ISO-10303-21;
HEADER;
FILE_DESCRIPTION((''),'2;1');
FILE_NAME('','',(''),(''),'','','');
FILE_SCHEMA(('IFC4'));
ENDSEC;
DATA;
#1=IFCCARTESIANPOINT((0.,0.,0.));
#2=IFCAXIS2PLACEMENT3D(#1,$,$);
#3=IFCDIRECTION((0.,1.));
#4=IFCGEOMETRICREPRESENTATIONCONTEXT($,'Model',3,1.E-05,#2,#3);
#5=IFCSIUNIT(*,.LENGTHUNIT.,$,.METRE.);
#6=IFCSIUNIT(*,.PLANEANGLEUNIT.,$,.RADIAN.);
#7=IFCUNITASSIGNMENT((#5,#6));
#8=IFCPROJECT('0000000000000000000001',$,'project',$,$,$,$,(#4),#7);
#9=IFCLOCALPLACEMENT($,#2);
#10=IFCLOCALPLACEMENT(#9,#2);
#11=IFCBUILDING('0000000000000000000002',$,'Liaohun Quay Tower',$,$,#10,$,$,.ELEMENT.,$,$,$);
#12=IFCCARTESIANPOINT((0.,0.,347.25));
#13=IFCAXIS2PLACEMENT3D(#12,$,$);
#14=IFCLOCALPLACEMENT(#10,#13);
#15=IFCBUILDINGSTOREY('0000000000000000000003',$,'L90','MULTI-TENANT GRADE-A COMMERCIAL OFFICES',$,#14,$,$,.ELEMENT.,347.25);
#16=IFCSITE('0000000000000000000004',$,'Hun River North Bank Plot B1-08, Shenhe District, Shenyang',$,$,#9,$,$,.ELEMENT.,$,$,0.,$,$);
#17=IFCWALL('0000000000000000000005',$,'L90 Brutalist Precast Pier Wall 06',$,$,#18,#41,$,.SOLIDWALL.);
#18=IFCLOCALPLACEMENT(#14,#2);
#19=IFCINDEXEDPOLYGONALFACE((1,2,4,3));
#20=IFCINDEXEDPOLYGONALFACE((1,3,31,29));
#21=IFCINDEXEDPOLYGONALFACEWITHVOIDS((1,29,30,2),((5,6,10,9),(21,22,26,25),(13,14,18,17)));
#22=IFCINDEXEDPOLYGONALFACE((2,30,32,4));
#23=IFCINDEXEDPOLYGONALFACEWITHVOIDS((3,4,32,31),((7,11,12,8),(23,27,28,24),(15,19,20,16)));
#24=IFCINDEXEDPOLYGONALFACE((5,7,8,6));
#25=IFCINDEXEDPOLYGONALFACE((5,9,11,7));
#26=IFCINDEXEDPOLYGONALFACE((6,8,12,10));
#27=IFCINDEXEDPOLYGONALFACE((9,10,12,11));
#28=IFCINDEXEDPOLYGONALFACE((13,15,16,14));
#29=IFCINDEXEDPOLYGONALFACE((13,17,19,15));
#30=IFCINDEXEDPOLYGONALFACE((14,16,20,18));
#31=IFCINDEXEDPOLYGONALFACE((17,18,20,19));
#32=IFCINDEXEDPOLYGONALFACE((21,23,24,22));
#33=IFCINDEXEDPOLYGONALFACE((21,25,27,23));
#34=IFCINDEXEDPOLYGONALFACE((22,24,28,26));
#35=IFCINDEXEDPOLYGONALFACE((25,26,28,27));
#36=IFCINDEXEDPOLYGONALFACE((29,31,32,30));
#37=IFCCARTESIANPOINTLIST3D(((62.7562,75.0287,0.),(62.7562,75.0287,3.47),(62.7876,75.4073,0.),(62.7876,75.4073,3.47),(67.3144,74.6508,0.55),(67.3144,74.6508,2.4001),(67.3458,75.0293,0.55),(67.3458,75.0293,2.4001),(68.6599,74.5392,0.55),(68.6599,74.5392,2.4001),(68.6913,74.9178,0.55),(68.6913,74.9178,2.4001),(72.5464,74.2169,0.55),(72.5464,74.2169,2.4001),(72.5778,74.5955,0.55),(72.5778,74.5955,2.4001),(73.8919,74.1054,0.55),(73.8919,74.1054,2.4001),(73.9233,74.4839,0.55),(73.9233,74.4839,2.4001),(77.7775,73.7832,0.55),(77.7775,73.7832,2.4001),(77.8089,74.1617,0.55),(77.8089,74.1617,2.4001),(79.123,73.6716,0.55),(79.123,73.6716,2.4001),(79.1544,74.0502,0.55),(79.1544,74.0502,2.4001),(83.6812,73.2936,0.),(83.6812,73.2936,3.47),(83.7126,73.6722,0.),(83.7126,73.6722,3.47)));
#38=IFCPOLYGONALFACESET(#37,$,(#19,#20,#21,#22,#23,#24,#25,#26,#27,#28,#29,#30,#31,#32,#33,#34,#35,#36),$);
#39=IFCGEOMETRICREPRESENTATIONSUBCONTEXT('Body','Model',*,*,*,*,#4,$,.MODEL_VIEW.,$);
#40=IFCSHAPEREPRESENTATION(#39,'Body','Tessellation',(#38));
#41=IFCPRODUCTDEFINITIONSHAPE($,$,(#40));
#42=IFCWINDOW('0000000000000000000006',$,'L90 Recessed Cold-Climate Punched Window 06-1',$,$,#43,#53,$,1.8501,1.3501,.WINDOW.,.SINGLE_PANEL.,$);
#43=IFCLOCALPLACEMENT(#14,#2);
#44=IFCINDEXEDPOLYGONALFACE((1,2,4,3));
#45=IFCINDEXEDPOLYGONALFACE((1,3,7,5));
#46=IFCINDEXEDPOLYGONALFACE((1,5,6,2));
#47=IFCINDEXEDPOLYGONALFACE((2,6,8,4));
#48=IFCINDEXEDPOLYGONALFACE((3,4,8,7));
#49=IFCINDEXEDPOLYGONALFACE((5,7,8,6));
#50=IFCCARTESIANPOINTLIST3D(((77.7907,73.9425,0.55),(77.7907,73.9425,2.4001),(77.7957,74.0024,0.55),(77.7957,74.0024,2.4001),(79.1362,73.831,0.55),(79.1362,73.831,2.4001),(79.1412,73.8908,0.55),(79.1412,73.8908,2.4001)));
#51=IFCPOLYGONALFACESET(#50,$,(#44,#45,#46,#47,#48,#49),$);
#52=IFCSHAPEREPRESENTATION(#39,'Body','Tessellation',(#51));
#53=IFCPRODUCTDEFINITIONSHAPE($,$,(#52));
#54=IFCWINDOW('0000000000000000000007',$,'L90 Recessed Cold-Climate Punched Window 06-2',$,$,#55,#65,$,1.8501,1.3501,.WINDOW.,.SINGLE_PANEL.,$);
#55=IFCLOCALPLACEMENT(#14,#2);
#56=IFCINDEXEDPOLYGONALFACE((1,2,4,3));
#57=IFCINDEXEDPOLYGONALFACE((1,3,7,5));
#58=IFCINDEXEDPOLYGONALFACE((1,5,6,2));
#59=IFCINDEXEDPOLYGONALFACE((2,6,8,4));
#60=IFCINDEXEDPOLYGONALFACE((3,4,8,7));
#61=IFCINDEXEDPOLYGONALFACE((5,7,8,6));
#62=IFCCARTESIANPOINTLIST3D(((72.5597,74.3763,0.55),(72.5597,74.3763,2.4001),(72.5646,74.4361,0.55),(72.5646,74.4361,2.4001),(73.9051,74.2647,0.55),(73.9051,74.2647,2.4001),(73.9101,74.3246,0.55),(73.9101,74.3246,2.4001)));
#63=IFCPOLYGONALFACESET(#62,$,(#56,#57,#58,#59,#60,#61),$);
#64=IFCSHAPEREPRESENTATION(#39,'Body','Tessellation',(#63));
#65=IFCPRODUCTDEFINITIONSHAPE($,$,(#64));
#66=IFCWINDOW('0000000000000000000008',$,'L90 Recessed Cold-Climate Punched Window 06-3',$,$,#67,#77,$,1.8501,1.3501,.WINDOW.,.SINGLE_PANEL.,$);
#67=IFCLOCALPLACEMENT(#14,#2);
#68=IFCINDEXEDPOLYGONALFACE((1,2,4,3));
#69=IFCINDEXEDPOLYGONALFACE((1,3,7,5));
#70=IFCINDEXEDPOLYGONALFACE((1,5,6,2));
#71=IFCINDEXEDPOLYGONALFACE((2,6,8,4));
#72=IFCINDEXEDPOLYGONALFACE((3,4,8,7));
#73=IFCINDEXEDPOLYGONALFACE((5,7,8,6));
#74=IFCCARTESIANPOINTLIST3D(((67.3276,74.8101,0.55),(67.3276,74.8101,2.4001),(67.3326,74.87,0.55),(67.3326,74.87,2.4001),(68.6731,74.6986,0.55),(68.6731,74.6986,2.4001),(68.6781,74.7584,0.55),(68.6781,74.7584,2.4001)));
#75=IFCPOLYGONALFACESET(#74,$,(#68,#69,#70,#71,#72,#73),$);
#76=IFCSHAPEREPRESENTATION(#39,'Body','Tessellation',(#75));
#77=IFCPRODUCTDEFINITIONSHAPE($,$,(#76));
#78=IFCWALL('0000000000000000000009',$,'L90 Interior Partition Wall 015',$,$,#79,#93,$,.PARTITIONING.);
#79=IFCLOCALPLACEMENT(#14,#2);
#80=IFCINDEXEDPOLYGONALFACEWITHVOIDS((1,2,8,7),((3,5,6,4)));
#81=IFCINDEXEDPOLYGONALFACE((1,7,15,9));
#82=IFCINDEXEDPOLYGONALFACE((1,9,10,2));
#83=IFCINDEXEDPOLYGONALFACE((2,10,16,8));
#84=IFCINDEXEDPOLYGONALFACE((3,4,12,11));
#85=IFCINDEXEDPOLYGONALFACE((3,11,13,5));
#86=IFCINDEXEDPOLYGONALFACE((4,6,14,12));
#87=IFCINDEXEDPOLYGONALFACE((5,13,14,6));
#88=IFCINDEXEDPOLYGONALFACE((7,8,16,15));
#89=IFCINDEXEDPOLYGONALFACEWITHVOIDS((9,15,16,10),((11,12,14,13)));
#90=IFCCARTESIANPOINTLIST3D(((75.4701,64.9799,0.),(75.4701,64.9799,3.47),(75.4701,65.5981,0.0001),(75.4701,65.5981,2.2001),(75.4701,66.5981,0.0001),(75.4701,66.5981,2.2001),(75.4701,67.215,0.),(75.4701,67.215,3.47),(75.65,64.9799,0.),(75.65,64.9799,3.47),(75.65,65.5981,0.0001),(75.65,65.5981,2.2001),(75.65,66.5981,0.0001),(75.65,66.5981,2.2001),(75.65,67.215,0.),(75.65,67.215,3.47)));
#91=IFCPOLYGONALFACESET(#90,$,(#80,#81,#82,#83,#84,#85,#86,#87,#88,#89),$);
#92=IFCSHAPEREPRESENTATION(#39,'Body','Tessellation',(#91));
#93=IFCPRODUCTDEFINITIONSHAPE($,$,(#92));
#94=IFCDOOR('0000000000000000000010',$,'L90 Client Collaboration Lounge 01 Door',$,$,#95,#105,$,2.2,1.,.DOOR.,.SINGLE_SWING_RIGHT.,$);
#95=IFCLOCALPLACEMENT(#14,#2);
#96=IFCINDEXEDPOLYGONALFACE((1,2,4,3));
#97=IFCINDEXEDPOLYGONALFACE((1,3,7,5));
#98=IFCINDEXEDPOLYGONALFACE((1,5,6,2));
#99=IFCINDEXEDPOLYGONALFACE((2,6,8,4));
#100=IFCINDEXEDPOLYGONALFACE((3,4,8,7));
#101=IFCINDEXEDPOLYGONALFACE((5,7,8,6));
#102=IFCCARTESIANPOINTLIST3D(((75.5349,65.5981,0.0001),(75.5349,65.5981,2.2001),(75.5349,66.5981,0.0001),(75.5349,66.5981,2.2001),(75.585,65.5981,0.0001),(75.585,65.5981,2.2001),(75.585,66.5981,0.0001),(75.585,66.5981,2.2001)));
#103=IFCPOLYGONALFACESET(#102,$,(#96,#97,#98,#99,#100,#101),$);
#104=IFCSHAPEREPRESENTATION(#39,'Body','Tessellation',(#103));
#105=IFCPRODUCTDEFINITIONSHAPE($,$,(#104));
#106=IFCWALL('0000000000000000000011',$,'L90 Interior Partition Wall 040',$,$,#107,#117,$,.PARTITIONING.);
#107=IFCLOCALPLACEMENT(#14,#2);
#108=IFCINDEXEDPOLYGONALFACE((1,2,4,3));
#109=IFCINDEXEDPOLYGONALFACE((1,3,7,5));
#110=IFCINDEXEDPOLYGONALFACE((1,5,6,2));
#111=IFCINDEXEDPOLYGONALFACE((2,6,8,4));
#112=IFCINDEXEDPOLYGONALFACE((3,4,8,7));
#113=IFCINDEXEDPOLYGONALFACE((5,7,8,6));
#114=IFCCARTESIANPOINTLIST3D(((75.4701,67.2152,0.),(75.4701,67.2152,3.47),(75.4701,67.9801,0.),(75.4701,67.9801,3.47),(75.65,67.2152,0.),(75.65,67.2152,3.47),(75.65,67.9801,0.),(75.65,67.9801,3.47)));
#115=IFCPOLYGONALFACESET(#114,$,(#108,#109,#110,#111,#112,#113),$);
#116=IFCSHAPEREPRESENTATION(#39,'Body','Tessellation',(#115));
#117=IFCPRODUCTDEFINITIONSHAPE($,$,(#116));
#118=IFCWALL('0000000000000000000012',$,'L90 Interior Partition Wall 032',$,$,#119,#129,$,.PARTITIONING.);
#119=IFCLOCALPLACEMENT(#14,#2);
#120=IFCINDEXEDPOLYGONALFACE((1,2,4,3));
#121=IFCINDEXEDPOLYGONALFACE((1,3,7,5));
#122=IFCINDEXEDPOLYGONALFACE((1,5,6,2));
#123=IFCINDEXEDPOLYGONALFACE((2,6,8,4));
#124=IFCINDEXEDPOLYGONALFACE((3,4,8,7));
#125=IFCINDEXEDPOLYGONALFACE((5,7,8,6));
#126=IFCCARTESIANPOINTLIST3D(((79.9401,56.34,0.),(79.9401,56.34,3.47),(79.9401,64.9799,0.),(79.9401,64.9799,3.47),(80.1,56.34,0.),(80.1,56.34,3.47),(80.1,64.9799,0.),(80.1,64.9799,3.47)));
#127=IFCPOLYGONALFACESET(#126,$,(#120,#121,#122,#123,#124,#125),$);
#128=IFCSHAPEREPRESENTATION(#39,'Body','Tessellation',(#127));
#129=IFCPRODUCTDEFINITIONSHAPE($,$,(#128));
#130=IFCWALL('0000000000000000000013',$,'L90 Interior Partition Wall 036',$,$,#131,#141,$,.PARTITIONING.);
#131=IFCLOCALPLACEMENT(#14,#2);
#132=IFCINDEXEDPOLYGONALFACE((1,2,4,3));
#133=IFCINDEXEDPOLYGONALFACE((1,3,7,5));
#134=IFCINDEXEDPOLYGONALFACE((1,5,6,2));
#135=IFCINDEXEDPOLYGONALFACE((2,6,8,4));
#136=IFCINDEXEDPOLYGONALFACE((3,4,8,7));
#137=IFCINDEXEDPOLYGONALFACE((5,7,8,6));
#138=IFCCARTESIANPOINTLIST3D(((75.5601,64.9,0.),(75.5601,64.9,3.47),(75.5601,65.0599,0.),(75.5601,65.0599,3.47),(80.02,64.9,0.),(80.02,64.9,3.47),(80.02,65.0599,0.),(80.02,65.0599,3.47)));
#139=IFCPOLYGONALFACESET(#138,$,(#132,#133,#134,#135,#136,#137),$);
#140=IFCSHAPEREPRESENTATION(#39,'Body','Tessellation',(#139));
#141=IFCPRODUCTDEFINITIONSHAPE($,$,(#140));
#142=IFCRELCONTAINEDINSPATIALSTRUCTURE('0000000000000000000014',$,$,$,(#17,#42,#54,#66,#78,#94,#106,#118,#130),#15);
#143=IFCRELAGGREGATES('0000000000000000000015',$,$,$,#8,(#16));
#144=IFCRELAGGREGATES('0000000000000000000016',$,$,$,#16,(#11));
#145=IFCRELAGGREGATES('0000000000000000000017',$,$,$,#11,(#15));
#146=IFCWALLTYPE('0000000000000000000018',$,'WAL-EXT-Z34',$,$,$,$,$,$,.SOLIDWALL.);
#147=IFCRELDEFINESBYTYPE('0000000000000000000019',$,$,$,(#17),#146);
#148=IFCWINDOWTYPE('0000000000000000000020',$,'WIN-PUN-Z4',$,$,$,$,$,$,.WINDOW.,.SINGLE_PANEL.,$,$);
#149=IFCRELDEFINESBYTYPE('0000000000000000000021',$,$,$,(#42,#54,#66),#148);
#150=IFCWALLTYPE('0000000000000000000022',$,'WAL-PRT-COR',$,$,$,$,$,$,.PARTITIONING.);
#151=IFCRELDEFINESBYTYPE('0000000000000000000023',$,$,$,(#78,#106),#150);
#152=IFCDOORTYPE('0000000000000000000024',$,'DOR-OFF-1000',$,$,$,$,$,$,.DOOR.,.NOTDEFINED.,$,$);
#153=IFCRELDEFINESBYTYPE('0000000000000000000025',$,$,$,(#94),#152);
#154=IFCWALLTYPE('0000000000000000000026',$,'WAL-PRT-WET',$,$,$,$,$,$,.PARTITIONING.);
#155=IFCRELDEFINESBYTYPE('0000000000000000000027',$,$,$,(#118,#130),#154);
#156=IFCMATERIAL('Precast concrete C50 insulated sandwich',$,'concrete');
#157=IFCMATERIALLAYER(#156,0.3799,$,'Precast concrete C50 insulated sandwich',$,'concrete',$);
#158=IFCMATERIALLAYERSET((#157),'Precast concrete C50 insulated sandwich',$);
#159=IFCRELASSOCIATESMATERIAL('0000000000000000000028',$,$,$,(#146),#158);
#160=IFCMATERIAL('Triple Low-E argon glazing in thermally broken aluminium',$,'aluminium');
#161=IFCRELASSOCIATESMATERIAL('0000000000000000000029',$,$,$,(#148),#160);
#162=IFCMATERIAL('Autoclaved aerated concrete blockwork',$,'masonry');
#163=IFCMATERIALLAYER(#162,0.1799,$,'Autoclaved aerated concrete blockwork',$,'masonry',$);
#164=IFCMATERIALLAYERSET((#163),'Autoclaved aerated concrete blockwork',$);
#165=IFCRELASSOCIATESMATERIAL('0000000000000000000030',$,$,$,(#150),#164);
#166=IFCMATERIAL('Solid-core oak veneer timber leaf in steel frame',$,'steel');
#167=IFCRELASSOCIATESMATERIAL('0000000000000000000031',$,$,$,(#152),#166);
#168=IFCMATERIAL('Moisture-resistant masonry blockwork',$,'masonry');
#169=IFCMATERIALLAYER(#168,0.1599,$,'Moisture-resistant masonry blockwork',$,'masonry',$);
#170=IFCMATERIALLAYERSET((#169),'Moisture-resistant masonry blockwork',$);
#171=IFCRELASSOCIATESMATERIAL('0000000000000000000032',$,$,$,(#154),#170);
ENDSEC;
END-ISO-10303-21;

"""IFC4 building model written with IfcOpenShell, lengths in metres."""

from ifc_helpers import new_model, si_unit, direction, frame, frame_2d, origin, place, context, subcontext, project, spatial, rectangle, extrude, source, transform, mapped, material, layer, layer_set, type_object, element, fill, save


model = new_model("IFC4")

# Units and contexts
model_context = context("Model", 3, precision=1e-05, world=origin(), true_north=direction((0.0, 1.0)))
body_context = subcontext(model_context, "Body", "Model", "MODEL_VIEW")
ifc_project = project(units=[si_unit("LENGTHUNIT", "METRE"), si_unit("PLANEANGLEUNIT", "RADIAN")], contexts=[model_context])

# Site, building, storey
site_placement = place(None, origin())
site = spatial("IfcSite", under=ifc_project, at=site_placement, Name="Hun River North Bank Plot B1-08, Shenhe District, Shenyang", CompositionType="ELEMENT", RefElevation=0.0)
building_placement = place(site_placement, origin())
building = spatial("IfcBuilding", under=site, at=building_placement, Name="Liaohun Quay Tower", CompositionType="ELEMENT")
storey_placement = place(building_placement, frame((0.0, 0.0, 347.25)))
storey = spatial("IfcBuildingStorey", under=building, at=storey_placement, Name="L90", Description="MULTI-TENANT GRADE-A COMMERCIAL OFFICES", CompositionType="ELEMENT", Elevation=347.25)

# Shared definitions
ifc_material_1 = material(Name="Precast concrete C50 insulated sandwich", Category="concrete")
ifc_layer_1 = layer(ifc_material_1, 0.3799, Name="Precast concrete C50 insulated sandwich", Category="concrete")
ifc_layer_set_1 = layer_set([ifc_layer_1], Name="Precast concrete C50 insulated sandwich")
wall_type_1 = type_object("IfcWallType", Name="WAL-EXT-Z34", PredefinedType="SOLIDWALL", material=ifc_layer_set_1)

# Wall, openings, windows
wall_1_placement = place(storey_placement, frame((83.697, 73.4829, 0.0), z_axis=(0.0, 0.0, 1.0), x_axis=(-0.99658, 0.082637, 0.0)))
wall_1 = element("IfcWall", 1, at=wall_1_placement, inside=storey, type_object=wall_type_1, Name="L90 Brutalist Precast Pier Wall 06", PredefinedType="SOLIDWALL", context=body_context, shape_type="SweptSolid", body=[
    extrude(rectangle(XDim=20.9968, YDim=0.3799, at=frame_2d((10.4985, 0.0))), origin(), (0.0, 0.0, 1.0), 3.47),
])
shared_shape_1 = source(origin(), body_context, "Body", "SweptSolid", [
    extrude(rectangle(XDim=1.3501, YDim=1.8501, at=frame_2d((0.675, 0.925))), frame((0.0, 0.2, 0.0), z_axis=(0.0, -1.0, 0.0), x_axis=(1.0, 0.0, 0.0)), (0.0, 0.0, 1.0), 0.3999),
])
opening_1_placement = place(wall_1_placement, frame((4.574, 0.0, 0.55)))
opening_1 = element("IfcOpeningElement", 2, at=opening_1_placement, cuts=wall_1, PredefinedType="OPENING", context=body_context, shape_type="MappedRepresentation", body=[
    mapped(shared_shape_1, transform((0.0, 0.0, 0.0), x_axis=(1.0, 0.0, 0.0), y_axis=(0.0, 1.0, 0.0), z_axis=(0.0, 0.0, 1.0), scale=1.0)),
])
opening_2_placement = place(wall_1_placement, frame((9.823, 0.0, 0.55)))
opening_2 = element("IfcOpeningElement", 3, at=opening_2_placement, cuts=wall_1, PredefinedType="OPENING", context=body_context, shape_type="MappedRepresentation", body=[
    mapped(shared_shape_1, transform((0.0, 0.0, 0.0), x_axis=(1.0, 0.0, 0.0), y_axis=(0.0, 1.0, 0.0), z_axis=(0.0, 0.0, 1.0), scale=1.0)),
])
opening_3_placement = place(wall_1_placement, frame((15.073, 0.0, 0.55)))
opening_3 = element("IfcOpeningElement", 4, at=opening_3_placement, cuts=wall_1, PredefinedType="OPENING", context=body_context, shape_type="MappedRepresentation", body=[
    mapped(shared_shape_1, transform((0.0, 0.0, 0.0), x_axis=(1.0, 0.0, 0.0), y_axis=(0.0, 1.0, 0.0), z_axis=(0.0, 0.0, 1.0), scale=1.0)),
])
ifc_material_2 = material(Name="Triple Low-E argon glazing in thermally broken aluminium", Category="aluminium")
window_type_1 = type_object("IfcWindowType", Name="WIN-PUN-Z4", PartitioningType="SINGLE_PANEL", PredefinedType="WINDOW", material=ifc_material_2)
shared_shape_2 = source(origin(), body_context, "Body", "SweptSolid", [
    extrude(rectangle(XDim=1.3501, YDim=1.8501, at=frame_2d((0.675, 0.925))), frame((0.0, 0.03, 0.0), z_axis=(0.0, -1.0, 0.0), x_axis=(1.0, 0.0, 0.0)), (0.0, 0.0, 1.0), 0.0601),
])
window_1_placement = place(opening_1_placement, origin())
window_1 = element("IfcWindow", 5, at=window_1_placement, inside=storey, type_object=window_type_1, Name="L90 Recessed Cold-Climate Punched Window 06-1", OverallHeight=1.8501, OverallWidth=1.3501, PartitioningType="SINGLE_PANEL", PredefinedType="WINDOW", context=body_context, shape_type="MappedRepresentation", body=[
    mapped(shared_shape_2, transform((0.0, 0.0, 0.0), x_axis=(1.0, 0.0, 0.0), y_axis=(0.0, 1.0, 0.0), z_axis=(0.0, 0.0, 1.0), scale=1.0)),
])
fill(opening_1, window_1)
window_2_placement = place(opening_2_placement, origin())
window_2 = element("IfcWindow", 6, at=window_2_placement, inside=storey, type_object=window_type_1, Name="L90 Recessed Cold-Climate Punched Window 06-2", OverallHeight=1.8501, OverallWidth=1.3501, PartitioningType="SINGLE_PANEL", PredefinedType="WINDOW", context=body_context, shape_type="MappedRepresentation", body=[
    mapped(shared_shape_2, transform((0.0, 0.0, 0.0), x_axis=(1.0, 0.0, 0.0), y_axis=(0.0, 1.0, 0.0), z_axis=(0.0, 0.0, 1.0), scale=1.0)),
])
fill(opening_2, window_2)
window_3_placement = place(opening_3_placement, origin())
window_3 = element("IfcWindow", 7, at=window_3_placement, inside=storey, type_object=window_type_1, Name="L90 Recessed Cold-Climate Punched Window 06-3", OverallHeight=1.8501, OverallWidth=1.3501, PartitioningType="SINGLE_PANEL", PredefinedType="WINDOW", context=body_context, shape_type="MappedRepresentation", body=[
    mapped(shared_shape_2, transform((0.0, 0.0, 0.0), x_axis=(1.0, 0.0, 0.0), y_axis=(0.0, 1.0, 0.0), z_axis=(0.0, 0.0, 1.0), scale=1.0)),
])
fill(opening_3, window_3)

# Wall, opening, door
ifc_material_3 = material(Name="Autoclaved aerated concrete blockwork", Category="masonry")
ifc_layer_2 = layer(ifc_material_3, 0.1799, Name="Autoclaved aerated concrete blockwork", Category="masonry")
ifc_layer_set_2 = layer_set([ifc_layer_2], Name="Autoclaved aerated concrete blockwork")
wall_type_2 = type_object("IfcWallType", Name="WAL-PRT-COR", PredefinedType="PARTITIONING", material=ifc_layer_set_2)
wall_2_placement = place(storey_placement, frame((75.5601, 67.2151, 0.0), z_axis=(0.0, 0.0, 1.0), x_axis=(0.0, -1.0, 0.0)))
wall_2 = element("IfcWall", 8, at=wall_2_placement, inside=storey, type_object=wall_type_2, Name="L90 Interior Partition Wall 015", PredefinedType="PARTITIONING", context=body_context, shape_type="SweptSolid", body=[
    extrude(rectangle(XDim=2.2351, YDim=0.1799, at=frame_2d((1.1177, 0.0))), origin(), (0.0, 0.0, 1.0), 3.47),
])
shared_shape_3 = source(origin(), body_context, "Body", "SweptSolid", [
    extrude(rectangle(XDim=1.0, YDim=2.2, at=frame_2d((0.5, 1.1001))), frame((0.0, 0.0999, 0.0), z_axis=(0.0, -1.0, 0.0), x_axis=(1.0, 0.0, 0.0)), (0.0, 0.0, 1.0), 0.2),
])
opening_4_placement = place(wall_2_placement, frame((0.6169, 0.0, 0.0)))
opening_4 = element("IfcOpeningElement", 9, at=opening_4_placement, cuts=wall_2, PredefinedType="OPENING", context=body_context, shape_type="MappedRepresentation", body=[
    mapped(shared_shape_3, transform((0.0, 0.0, 0.0), x_axis=(1.0, 0.0, 0.0), y_axis=(0.0, 1.0, 0.0), z_axis=(0.0, 0.0, 1.0), scale=1.0)),
])
ifc_material_4 = material(Name="Solid-core oak veneer timber leaf in steel frame", Category="steel")
door_type = type_object("IfcDoorType", Name="DOR-OFF-1000", OperationType="NOTDEFINED", PredefinedType="DOOR", material=ifc_material_4)
shared_shape_4 = source(origin(), body_context, "Body", "SweptSolid", [
    extrude(rectangle(XDim=1.0, YDim=2.2, at=frame_2d((0.5, 1.1001))), frame((0.0, 0.0249, 0.0), z_axis=(0.0, -1.0, 0.0), x_axis=(1.0, 0.0, 0.0)), (0.0, 0.0, 1.0), 0.05),
])
door_placement = place(opening_4_placement, origin())
door = element("IfcDoor", 10, at=door_placement, inside=storey, type_object=door_type, Name="L90 Client Collaboration Lounge 01 Door", OperationType="SINGLE_SWING_RIGHT", OverallHeight=2.2, OverallWidth=1.0, PredefinedType="DOOR", context=body_context, shape_type="MappedRepresentation", body=[
    mapped(shared_shape_4, transform((0.0, 0.0, 0.0), x_axis=(1.0, 0.0, 0.0), y_axis=(0.0, 1.0, 0.0), z_axis=(0.0, 0.0, 1.0), scale=1.0)),
])
fill(opening_4, door)

# Walls
wall_3_placement = place(storey_placement, frame((75.5601, 67.98, 0.0), z_axis=(0.0, 0.0, 1.0), x_axis=(0.0, -1.0, 0.0)))
element("IfcWall", 11, at=wall_3_placement, inside=storey, type_object=wall_type_2, Name="L90 Interior Partition Wall 040", PredefinedType="PARTITIONING", context=body_context, shape_type="SweptSolid", body=[
    extrude(rectangle(XDim=0.7649, YDim=0.1799, at=frame_2d((0.3823, 0.0))), origin(), (0.0, 0.0, 1.0), 3.47),
])
ifc_material_5 = material(Name="Moisture-resistant masonry blockwork", Category="masonry")
ifc_layer_3 = layer(ifc_material_5, 0.1599, Name="Moisture-resistant masonry blockwork", Category="masonry")
ifc_layer_set_3 = layer_set([ifc_layer_3], Name="Moisture-resistant masonry blockwork")
wall_type_3 = type_object("IfcWallType", Name="WAL-PRT-WET", PredefinedType="PARTITIONING", material=ifc_layer_set_3)
wall_4_placement = place(storey_placement, frame((80.02, 56.3401, 0.0), z_axis=(0.0, 0.0, 1.0), x_axis=(0.0, 1.0, 0.0)))
element("IfcWall", 12, at=wall_4_placement, inside=storey, type_object=wall_type_3, Name="L90 Interior Partition Wall 032", PredefinedType="PARTITIONING", context=body_context, shape_type="SweptSolid", body=[
    extrude(rectangle(XDim=8.6399, YDim=0.1599, at=frame_2d((4.3198, 0.0))), origin(), (0.0, 0.0, 1.0), 3.47),
])
wall_5_placement = place(storey_placement, frame((75.5601, 64.98, 0.0), z_axis=(0.0, 0.0, 1.0), x_axis=(1.0, 0.0, 0.0)))
element("IfcWall", 13, at=wall_5_placement, inside=storey, type_object=wall_type_3, Name="L90 Interior Partition Wall 036", PredefinedType="PARTITIONING", context=body_context, shape_type="SweptSolid", body=[
    extrude(rectangle(XDim=4.46, YDim=0.1599, at=frame_2d((2.23, 0.0))), origin(), (0.0, 0.0, 1.0), 3.47),
])

save(model, "model.ifc")
